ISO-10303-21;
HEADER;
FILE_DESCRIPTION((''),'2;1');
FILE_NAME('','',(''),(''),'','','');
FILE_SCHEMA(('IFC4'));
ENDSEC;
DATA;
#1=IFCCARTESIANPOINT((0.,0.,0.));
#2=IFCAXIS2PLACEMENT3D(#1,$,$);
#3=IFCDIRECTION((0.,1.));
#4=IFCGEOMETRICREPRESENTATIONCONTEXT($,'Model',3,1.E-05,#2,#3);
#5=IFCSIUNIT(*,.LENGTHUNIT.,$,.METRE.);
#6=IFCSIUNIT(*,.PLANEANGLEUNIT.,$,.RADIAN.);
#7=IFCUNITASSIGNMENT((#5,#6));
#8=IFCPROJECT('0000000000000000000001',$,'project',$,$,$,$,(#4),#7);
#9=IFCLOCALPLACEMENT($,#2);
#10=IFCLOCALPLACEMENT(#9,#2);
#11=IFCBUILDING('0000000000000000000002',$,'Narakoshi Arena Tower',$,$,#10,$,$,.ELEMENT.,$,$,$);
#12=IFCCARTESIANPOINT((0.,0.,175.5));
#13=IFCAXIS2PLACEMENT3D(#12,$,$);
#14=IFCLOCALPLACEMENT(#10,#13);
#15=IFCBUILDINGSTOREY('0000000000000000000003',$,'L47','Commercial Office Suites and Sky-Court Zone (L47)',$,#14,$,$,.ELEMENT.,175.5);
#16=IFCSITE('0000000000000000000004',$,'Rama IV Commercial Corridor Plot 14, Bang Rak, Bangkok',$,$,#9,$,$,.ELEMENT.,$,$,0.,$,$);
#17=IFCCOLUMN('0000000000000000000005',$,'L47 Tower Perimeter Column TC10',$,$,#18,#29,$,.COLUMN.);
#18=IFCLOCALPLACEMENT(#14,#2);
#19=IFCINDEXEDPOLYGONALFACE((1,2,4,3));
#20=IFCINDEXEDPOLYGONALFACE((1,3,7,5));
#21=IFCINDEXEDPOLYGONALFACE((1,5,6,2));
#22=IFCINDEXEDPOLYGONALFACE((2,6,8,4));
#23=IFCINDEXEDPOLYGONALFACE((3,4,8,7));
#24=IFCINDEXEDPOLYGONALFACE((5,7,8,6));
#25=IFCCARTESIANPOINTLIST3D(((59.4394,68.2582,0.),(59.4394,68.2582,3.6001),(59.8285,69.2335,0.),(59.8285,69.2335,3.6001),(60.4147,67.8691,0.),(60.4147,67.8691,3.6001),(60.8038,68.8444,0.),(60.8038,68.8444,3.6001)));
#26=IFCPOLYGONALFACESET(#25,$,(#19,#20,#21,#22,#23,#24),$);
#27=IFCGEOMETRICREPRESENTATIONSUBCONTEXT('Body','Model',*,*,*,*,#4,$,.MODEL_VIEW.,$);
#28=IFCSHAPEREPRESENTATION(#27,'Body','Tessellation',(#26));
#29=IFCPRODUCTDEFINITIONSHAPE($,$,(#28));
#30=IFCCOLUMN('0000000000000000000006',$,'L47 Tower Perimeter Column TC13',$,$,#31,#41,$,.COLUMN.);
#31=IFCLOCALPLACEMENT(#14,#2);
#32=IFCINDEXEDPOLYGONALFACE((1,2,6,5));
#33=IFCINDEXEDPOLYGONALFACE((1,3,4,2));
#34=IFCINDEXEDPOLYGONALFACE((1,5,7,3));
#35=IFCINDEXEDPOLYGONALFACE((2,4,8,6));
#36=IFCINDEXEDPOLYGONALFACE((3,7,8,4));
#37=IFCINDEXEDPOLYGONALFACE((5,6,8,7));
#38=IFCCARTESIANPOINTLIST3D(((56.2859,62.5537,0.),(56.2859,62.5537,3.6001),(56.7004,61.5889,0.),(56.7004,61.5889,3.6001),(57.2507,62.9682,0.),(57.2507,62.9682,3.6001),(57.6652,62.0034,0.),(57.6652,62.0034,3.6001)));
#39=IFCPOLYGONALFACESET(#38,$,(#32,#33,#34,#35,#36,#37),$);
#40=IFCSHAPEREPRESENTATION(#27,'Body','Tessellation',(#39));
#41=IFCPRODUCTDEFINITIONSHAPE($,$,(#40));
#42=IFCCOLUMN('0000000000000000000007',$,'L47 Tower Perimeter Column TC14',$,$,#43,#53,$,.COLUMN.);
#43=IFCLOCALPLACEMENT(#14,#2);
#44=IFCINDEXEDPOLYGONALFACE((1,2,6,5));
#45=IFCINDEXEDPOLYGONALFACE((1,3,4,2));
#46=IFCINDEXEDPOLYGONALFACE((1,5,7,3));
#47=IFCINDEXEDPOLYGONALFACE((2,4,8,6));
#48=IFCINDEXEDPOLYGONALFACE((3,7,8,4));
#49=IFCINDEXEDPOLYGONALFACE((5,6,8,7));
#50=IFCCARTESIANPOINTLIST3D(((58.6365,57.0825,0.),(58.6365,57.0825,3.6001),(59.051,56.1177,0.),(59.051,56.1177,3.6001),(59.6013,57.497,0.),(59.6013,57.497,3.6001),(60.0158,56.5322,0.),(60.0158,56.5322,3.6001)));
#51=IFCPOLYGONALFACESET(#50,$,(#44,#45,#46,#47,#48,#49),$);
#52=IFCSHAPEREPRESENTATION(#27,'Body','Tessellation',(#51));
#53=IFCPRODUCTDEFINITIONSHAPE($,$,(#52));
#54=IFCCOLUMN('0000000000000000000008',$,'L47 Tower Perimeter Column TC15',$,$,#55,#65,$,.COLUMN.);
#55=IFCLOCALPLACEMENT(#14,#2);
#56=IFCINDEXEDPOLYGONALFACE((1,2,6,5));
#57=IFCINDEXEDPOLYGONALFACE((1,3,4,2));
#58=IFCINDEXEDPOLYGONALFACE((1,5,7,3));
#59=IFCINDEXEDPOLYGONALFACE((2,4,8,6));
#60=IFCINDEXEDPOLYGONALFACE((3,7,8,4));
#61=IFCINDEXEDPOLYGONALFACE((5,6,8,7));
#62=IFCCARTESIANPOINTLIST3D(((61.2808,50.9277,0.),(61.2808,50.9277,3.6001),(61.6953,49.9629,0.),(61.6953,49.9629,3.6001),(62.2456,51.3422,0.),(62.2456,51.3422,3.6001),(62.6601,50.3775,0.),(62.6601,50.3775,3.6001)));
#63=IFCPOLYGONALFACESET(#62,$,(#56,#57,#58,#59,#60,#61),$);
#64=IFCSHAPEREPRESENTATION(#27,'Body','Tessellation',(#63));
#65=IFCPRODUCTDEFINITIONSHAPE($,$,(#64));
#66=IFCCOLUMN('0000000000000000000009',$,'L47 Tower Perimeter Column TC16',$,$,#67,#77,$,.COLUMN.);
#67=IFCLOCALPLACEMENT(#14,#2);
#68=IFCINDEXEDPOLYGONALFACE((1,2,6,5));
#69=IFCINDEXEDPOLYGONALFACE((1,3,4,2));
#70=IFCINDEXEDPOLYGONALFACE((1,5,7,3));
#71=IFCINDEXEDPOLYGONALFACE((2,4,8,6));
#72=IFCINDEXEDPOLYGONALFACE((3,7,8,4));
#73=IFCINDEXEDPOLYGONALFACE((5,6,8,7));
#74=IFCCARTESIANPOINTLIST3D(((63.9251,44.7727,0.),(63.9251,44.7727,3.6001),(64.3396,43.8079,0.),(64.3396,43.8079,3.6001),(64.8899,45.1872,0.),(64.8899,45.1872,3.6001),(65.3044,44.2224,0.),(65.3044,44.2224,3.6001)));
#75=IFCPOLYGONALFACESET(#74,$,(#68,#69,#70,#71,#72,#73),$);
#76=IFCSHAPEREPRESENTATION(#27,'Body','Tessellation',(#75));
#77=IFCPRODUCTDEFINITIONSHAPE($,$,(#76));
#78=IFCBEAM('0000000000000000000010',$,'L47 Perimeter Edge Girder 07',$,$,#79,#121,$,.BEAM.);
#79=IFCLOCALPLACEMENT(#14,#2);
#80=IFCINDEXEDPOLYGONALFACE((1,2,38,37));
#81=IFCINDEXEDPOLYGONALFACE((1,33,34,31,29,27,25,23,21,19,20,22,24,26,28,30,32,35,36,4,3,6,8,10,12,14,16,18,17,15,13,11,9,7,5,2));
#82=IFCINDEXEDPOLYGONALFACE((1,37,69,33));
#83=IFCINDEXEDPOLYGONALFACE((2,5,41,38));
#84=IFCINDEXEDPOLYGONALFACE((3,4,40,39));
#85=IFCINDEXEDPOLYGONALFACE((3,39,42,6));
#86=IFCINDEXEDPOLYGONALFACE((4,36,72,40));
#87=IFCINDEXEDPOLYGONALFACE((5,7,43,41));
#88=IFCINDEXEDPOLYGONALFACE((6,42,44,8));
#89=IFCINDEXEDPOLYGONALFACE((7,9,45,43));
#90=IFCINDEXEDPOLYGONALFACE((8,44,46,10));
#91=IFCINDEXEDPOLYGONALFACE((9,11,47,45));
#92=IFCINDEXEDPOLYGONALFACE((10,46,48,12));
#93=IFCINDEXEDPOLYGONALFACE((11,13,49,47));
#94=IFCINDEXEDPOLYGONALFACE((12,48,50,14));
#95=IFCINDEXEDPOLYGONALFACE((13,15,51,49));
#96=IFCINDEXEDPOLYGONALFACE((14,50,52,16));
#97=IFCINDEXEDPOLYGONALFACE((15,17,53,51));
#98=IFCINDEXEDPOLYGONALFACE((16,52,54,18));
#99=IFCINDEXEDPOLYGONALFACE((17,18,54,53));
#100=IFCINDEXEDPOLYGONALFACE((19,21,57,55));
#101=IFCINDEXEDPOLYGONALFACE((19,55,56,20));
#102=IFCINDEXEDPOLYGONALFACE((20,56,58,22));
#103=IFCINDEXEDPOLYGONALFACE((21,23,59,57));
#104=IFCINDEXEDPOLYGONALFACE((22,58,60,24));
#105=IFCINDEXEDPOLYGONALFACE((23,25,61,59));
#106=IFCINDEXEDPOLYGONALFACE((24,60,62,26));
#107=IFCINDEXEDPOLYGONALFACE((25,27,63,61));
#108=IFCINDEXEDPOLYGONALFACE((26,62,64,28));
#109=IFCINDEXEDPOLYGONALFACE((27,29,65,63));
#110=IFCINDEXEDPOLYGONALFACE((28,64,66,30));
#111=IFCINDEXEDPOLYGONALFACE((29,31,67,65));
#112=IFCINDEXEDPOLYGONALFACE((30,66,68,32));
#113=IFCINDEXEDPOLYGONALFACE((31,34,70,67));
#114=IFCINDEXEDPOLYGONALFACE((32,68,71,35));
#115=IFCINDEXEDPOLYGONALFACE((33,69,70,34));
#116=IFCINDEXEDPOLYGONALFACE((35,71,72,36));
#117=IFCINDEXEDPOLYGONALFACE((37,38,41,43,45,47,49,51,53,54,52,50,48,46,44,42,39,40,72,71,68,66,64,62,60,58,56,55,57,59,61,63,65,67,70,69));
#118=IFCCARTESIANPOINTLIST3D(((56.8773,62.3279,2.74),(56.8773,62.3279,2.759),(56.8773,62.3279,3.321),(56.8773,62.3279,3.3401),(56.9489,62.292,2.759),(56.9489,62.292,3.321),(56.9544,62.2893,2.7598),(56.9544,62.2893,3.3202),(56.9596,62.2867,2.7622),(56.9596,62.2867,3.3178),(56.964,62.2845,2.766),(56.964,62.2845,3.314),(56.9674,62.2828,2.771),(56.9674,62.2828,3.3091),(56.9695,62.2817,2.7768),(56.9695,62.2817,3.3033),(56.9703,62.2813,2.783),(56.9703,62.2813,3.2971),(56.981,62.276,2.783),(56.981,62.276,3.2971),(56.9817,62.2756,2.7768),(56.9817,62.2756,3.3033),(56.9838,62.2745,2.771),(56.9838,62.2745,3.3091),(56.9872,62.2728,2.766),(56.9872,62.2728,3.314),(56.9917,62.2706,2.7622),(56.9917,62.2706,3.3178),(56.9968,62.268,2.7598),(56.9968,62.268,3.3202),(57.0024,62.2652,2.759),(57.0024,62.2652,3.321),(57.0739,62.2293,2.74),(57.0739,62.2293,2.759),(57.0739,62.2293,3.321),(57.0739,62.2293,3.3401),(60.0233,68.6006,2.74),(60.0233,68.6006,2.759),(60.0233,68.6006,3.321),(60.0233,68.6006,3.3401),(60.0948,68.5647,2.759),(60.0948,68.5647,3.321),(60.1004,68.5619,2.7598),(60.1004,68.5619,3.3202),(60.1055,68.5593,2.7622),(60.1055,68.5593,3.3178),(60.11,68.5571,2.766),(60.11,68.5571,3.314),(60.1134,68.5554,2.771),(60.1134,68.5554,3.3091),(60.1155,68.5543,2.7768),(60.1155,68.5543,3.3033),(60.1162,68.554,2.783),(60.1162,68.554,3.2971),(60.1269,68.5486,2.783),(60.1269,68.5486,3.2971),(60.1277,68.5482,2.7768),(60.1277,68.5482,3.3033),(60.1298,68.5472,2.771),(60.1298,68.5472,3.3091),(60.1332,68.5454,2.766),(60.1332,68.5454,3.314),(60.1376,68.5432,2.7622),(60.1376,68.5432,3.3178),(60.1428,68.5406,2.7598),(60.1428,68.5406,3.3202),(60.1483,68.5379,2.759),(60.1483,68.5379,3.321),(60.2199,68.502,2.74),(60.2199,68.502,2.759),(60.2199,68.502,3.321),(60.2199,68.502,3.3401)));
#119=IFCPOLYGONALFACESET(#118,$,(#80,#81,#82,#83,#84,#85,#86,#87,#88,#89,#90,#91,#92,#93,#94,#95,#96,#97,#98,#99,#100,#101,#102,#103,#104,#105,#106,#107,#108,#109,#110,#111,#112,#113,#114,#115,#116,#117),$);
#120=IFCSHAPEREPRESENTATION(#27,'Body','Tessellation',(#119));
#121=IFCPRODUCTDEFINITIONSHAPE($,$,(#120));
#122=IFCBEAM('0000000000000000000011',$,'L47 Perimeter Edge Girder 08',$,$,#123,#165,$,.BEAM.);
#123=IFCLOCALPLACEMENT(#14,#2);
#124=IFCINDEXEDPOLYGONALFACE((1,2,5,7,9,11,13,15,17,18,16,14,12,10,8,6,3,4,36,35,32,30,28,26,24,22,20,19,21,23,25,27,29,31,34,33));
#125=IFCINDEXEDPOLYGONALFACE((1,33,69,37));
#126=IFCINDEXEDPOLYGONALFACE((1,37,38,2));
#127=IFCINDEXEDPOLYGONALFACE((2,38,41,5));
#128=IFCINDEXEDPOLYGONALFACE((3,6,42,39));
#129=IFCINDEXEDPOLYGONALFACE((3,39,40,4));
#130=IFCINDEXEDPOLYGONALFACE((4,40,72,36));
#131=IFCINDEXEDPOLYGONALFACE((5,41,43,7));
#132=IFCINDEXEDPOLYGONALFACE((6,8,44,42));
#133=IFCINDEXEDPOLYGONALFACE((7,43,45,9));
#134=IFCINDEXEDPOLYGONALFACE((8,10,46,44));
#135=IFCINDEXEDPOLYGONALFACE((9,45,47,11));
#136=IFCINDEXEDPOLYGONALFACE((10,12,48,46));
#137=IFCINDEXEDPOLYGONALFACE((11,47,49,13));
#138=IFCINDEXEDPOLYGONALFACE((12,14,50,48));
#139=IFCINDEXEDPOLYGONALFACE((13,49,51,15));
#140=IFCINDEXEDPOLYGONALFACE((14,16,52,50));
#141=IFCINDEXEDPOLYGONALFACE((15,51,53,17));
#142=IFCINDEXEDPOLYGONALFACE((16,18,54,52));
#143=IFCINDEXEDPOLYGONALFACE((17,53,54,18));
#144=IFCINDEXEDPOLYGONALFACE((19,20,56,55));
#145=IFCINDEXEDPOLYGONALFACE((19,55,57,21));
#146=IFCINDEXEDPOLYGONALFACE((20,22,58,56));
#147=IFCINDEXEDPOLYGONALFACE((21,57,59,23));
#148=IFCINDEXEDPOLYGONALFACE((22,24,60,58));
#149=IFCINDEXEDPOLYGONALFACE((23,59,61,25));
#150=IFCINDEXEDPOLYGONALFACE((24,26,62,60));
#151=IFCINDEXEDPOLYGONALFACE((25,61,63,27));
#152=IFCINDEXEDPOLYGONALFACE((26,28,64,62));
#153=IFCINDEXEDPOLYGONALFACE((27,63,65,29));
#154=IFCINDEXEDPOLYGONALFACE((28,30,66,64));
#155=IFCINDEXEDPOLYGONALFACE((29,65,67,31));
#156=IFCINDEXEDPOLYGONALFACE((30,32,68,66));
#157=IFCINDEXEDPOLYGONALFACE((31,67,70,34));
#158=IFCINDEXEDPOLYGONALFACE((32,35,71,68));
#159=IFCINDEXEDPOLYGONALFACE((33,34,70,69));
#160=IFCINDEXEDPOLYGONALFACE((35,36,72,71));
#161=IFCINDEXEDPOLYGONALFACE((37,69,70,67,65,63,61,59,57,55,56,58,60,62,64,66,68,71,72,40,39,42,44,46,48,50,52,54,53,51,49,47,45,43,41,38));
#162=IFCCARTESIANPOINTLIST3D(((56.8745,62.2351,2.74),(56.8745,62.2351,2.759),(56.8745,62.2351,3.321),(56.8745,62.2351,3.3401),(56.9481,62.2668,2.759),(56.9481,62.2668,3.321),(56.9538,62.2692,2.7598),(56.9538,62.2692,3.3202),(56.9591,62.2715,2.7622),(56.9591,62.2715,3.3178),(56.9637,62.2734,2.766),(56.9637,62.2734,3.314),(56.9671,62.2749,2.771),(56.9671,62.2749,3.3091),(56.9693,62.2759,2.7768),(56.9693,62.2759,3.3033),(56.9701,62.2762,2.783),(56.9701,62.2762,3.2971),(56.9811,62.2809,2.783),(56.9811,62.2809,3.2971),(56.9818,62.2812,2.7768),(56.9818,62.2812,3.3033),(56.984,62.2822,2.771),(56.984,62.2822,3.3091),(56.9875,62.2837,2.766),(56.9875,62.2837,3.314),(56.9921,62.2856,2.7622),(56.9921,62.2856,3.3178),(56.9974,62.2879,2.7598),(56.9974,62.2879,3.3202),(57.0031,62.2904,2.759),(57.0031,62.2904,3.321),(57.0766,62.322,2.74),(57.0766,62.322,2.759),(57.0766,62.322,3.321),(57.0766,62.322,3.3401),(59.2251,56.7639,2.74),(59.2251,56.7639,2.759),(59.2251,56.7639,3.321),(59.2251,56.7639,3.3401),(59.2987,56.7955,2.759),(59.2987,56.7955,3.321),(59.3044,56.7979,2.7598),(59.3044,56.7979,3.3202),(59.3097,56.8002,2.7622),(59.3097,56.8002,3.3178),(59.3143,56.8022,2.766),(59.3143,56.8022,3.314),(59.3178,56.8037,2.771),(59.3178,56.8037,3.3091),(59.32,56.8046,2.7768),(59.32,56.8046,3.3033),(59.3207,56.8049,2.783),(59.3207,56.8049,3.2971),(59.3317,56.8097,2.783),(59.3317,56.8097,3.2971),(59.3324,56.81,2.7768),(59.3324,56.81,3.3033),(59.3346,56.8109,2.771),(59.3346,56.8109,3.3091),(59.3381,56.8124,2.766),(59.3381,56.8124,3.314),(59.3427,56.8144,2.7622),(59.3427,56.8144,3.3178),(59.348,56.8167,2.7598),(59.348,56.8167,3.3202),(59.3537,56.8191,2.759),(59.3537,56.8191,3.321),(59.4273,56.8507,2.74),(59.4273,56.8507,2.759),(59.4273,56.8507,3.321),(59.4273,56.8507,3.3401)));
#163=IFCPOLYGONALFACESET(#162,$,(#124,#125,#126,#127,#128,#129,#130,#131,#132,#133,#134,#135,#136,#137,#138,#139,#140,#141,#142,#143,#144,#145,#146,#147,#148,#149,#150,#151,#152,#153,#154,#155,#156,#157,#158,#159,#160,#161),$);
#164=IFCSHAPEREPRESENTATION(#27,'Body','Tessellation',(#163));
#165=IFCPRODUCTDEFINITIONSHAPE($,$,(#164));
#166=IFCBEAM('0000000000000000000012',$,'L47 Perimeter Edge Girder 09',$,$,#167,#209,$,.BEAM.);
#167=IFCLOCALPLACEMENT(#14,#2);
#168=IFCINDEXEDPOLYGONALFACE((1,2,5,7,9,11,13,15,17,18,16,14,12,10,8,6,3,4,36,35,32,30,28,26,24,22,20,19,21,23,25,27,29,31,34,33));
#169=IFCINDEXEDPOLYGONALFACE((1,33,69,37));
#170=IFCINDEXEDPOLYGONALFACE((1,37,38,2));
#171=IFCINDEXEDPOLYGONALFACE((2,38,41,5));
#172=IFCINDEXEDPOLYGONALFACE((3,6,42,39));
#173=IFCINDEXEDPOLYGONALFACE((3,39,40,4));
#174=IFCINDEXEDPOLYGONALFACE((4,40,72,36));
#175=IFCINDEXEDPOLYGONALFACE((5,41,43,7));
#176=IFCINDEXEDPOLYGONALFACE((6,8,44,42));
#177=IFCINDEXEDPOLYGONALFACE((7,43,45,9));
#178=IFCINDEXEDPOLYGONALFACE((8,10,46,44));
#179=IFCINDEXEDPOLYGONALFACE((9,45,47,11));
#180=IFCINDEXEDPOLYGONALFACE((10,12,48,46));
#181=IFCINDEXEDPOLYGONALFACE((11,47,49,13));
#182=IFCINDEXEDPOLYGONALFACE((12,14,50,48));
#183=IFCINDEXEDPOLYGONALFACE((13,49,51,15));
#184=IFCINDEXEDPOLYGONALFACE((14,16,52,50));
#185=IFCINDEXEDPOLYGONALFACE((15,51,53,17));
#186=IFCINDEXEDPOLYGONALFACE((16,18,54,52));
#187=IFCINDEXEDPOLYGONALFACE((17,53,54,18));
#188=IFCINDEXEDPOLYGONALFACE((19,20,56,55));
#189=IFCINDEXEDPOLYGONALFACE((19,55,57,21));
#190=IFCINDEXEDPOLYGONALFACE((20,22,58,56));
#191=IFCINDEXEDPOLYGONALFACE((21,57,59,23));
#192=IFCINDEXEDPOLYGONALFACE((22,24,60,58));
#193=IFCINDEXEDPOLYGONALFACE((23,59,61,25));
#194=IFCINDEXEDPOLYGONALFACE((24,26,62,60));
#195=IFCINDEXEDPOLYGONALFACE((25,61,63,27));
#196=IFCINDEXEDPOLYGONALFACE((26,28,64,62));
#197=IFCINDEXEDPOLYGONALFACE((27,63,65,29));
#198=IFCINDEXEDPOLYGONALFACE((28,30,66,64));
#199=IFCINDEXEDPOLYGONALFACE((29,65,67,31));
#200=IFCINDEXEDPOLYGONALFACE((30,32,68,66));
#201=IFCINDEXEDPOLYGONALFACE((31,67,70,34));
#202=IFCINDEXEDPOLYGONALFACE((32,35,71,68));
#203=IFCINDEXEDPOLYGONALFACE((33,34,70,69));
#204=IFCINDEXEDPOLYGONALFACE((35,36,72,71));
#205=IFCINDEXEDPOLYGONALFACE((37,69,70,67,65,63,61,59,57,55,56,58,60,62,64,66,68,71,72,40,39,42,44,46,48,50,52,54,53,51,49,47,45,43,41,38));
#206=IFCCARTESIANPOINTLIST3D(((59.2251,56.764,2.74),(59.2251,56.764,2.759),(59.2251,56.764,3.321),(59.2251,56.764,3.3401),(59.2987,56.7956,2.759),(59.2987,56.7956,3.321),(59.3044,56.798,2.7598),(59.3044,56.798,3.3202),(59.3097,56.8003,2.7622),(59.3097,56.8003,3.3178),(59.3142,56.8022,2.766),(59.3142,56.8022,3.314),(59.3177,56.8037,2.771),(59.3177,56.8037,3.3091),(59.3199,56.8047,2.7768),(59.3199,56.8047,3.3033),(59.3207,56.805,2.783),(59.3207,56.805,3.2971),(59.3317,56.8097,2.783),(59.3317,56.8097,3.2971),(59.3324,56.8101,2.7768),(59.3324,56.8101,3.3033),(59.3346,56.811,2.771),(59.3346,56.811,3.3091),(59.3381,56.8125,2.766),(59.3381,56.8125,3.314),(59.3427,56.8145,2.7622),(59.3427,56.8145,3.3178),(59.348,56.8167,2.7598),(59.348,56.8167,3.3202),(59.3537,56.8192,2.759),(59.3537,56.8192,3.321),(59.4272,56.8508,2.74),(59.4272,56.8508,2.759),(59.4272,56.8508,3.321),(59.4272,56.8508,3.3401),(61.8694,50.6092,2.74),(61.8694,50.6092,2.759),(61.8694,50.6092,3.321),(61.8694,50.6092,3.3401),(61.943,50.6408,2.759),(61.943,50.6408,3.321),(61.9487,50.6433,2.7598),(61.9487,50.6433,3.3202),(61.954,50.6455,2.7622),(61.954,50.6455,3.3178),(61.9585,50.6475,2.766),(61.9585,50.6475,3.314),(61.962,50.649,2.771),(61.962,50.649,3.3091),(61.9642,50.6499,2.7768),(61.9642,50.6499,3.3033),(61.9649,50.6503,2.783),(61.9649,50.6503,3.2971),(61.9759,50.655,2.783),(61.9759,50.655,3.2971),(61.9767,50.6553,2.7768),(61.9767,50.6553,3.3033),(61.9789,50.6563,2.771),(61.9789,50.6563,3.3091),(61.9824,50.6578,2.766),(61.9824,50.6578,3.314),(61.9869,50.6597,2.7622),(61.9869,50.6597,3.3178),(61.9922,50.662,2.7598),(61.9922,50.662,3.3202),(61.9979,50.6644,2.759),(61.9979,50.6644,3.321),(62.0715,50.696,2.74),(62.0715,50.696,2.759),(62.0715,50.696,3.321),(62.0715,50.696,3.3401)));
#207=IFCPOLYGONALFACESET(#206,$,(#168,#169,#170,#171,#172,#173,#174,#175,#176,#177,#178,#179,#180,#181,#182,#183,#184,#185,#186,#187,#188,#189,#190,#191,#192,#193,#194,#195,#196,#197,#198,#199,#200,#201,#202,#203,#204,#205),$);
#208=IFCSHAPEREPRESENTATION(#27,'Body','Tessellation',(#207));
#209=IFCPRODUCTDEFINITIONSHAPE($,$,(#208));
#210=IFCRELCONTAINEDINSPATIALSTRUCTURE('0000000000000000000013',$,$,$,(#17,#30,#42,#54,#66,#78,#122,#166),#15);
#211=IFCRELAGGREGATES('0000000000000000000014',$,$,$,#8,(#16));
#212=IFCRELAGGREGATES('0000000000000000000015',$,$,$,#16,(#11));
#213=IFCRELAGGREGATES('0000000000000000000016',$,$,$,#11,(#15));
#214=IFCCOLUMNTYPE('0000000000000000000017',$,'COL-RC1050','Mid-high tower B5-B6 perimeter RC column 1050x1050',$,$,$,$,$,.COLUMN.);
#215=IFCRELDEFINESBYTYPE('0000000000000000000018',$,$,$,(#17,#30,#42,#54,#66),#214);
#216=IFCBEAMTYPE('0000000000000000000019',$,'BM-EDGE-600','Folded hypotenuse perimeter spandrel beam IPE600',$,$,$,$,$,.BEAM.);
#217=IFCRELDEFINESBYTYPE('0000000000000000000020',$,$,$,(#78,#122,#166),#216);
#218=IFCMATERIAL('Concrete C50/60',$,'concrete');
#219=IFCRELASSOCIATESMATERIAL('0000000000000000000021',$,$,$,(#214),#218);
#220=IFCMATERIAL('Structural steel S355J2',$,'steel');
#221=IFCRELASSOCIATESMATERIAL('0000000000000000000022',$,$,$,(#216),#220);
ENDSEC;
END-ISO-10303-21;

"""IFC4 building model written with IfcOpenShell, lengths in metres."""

from ifc_helpers import new_model, si_unit, direction, frame, origin, origin_2d, place, context, subcontext, project, spatial, rectangle, i_section, extrude, material, material_profile, profile_set, type_object, element, save


model = new_model("IFC4")

# Units and contexts
model_context = context("Model", 3, precision=1e-05, world=origin(), true_north=direction((0.0, 1.0)))
body_context = subcontext(model_context, "Body", "Model", "MODEL_VIEW")
ifc_project = project(units=[si_unit("LENGTHUNIT", "METRE"), si_unit("PLANEANGLEUNIT", "RADIAN")], contexts=[model_context])

# Site, building, storey
site_placement = place(None, origin())
site = spatial("IfcSite", under=ifc_project, at=site_placement, Name="Rama IV Commercial Corridor Plot 14, Bang Rak, Bangkok", CompositionType="ELEMENT", RefElevation=0.0)
building_placement = place(site_placement, origin())
building = spatial("IfcBuilding", under=site, at=building_placement, Name="Narakoshi Arena Tower", CompositionType="ELEMENT")
storey_placement = place(building_placement, frame((0.0, 0.0, 175.5)))
storey = spatial("IfcBuildingStorey", under=building, at=storey_placement, Name="L47", Description="Commercial Office Suites and Sky-Court Zone (L47)", CompositionType="ELEMENT", Elevation=175.5)

# Columns
ifc_material_1 = material(Name="Concrete C50/60", Category="concrete")
ifc_material_profile_1 = material_profile(ifc_material_1, rectangle(XDim=1.05, YDim=1.05, at=origin_2d()), Name="RC1050x1050")
ifc_profile_set_1 = profile_set([ifc_material_profile_1], Name="Concrete C50/60")
column_type = type_object("IfcColumnType", Name="COL-RC1050", Description="Mid-high tower B5-B6 perimeter RC column 1050x1050", PredefinedType="COLUMN", material=ifc_profile_set_1)
for number, where, z_axis, x_axis, name in (
    (1, (60.1216, 68.5513, 0.0), (0.0, 0.0, 1.0), (0.370557, 0.92881, 0.0), "L47 Tower Perimeter Column TC10"),
    (2, (56.9756, 62.2786, 0.0), (0.0, 0.0, 1.0), (-0.394744, 0.918791, 0.0), "L47 Tower Perimeter Column TC13"),
    (3, (59.3262, 56.8074, 0.0), (0.0, 0.0, 1.0), (-0.394744, 0.918791, 0.0), "L47 Tower Perimeter Column TC14"),
    (4, (61.9705, 50.6526, 0.0), (0.0, 0.0, 1.0), (-0.394744, 0.918791, 0.0), "L47 Tower Perimeter Column TC15"),
    (5, (64.6147, 44.4976, 0.0), (0.0, 0.0, 1.0), (-0.394744, 0.918791, 0.0), "L47 Tower Perimeter Column TC16"),
):
    element("IfcColumn", number, at=place(storey_placement, frame(where, z_axis=z_axis, x_axis=x_axis)), inside=storey, type_object=column_type, Name=name, PredefinedType="COLUMN", context=body_context, shape_type="SweptSolid", body=[
        extrude(rectangle(XDim=1.05, YDim=1.05, at=origin_2d()), origin(), (0.0, 0.0, 1.0), 3.6001),
    ])

# Beams
ifc_material_2 = material(Name="Structural steel S355J2", Category="steel")
ifc_material_profile_2 = material_profile(ifc_material_2, i_section(OverallWidth=0.22, OverallDepth=0.6001, WebThickness=0.012, FlangeThickness=0.019, FilletRadius=0.0239, at=origin_2d()), Name="IPE600")
ifc_profile_set_2 = profile_set([ifc_material_profile_2], Name="Structural steel S355J2")
beam_type_1 = type_object("IfcBeamType", Name="BM-EDGE-600", Description="Folded hypotenuse perimeter spandrel beam IPE600", PredefinedType="BEAM", material=ifc_profile_set_2)
beam_1_placement = place(storey_placement, frame((60.1216, 68.5513, 3.04), z_axis=(-0.448313, -0.893877, 0.0), x_axis=(0.893877, -0.448313, 0.0)))
element("IfcBeam", 6, at=beam_1_placement, inside=storey, type_object=beam_type_1, Name="L47 Perimeter Edge Girder 07", PredefinedType="BEAM", context=body_context, shape_type="SweptSolid", body=[
    extrude(i_section(OverallWidth=0.22, OverallDepth=0.6001, WebThickness=0.012, FlangeThickness=0.019, FilletRadius=0.0239, at=origin_2d()), origin(), (0.0, 0.0, 1.0), 7.0173),
])
beam_2_placement = place(storey_placement, frame((56.9756, 62.2786, 3.04), z_axis=(0.394741, -0.918793, 0.0), x_axis=(0.918793, 0.394741, 0.0)))
element("IfcBeam", 7, at=beam_2_placement, inside=storey, type_object=beam_type_1, Name="L47 Perimeter Edge Girder 08", PredefinedType="BEAM", context=body_context, shape_type="SweptSolid", body=[
    extrude(i_section(OverallWidth=0.22, OverallDepth=0.6001, WebThickness=0.012, FlangeThickness=0.019, FilletRadius=0.0239, at=origin_2d()), origin(), (0.0, 0.0, 1.0), 5.9548),
])
beam_3_placement = place(storey_placement, frame((59.3262, 56.8074, 3.04), z_axis=(0.394742, -0.918792, 0.0), x_axis=(0.918792, 0.394742, 0.0)))
element("IfcBeam", 8, at=beam_3_placement, inside=storey, type_object=beam_type_1, Name="L47 Perimeter Edge Girder 09", PredefinedType="BEAM", context=body_context, shape_type="SweptSolid", body=[
    extrude(i_section(OverallWidth=0.22, OverallDepth=0.6001, WebThickness=0.012, FlangeThickness=0.019, FilletRadius=0.0239, at=origin_2d()), origin(), (0.0, 0.0, 1.0), 6.6987),
])

save(model, "model.ifc")
